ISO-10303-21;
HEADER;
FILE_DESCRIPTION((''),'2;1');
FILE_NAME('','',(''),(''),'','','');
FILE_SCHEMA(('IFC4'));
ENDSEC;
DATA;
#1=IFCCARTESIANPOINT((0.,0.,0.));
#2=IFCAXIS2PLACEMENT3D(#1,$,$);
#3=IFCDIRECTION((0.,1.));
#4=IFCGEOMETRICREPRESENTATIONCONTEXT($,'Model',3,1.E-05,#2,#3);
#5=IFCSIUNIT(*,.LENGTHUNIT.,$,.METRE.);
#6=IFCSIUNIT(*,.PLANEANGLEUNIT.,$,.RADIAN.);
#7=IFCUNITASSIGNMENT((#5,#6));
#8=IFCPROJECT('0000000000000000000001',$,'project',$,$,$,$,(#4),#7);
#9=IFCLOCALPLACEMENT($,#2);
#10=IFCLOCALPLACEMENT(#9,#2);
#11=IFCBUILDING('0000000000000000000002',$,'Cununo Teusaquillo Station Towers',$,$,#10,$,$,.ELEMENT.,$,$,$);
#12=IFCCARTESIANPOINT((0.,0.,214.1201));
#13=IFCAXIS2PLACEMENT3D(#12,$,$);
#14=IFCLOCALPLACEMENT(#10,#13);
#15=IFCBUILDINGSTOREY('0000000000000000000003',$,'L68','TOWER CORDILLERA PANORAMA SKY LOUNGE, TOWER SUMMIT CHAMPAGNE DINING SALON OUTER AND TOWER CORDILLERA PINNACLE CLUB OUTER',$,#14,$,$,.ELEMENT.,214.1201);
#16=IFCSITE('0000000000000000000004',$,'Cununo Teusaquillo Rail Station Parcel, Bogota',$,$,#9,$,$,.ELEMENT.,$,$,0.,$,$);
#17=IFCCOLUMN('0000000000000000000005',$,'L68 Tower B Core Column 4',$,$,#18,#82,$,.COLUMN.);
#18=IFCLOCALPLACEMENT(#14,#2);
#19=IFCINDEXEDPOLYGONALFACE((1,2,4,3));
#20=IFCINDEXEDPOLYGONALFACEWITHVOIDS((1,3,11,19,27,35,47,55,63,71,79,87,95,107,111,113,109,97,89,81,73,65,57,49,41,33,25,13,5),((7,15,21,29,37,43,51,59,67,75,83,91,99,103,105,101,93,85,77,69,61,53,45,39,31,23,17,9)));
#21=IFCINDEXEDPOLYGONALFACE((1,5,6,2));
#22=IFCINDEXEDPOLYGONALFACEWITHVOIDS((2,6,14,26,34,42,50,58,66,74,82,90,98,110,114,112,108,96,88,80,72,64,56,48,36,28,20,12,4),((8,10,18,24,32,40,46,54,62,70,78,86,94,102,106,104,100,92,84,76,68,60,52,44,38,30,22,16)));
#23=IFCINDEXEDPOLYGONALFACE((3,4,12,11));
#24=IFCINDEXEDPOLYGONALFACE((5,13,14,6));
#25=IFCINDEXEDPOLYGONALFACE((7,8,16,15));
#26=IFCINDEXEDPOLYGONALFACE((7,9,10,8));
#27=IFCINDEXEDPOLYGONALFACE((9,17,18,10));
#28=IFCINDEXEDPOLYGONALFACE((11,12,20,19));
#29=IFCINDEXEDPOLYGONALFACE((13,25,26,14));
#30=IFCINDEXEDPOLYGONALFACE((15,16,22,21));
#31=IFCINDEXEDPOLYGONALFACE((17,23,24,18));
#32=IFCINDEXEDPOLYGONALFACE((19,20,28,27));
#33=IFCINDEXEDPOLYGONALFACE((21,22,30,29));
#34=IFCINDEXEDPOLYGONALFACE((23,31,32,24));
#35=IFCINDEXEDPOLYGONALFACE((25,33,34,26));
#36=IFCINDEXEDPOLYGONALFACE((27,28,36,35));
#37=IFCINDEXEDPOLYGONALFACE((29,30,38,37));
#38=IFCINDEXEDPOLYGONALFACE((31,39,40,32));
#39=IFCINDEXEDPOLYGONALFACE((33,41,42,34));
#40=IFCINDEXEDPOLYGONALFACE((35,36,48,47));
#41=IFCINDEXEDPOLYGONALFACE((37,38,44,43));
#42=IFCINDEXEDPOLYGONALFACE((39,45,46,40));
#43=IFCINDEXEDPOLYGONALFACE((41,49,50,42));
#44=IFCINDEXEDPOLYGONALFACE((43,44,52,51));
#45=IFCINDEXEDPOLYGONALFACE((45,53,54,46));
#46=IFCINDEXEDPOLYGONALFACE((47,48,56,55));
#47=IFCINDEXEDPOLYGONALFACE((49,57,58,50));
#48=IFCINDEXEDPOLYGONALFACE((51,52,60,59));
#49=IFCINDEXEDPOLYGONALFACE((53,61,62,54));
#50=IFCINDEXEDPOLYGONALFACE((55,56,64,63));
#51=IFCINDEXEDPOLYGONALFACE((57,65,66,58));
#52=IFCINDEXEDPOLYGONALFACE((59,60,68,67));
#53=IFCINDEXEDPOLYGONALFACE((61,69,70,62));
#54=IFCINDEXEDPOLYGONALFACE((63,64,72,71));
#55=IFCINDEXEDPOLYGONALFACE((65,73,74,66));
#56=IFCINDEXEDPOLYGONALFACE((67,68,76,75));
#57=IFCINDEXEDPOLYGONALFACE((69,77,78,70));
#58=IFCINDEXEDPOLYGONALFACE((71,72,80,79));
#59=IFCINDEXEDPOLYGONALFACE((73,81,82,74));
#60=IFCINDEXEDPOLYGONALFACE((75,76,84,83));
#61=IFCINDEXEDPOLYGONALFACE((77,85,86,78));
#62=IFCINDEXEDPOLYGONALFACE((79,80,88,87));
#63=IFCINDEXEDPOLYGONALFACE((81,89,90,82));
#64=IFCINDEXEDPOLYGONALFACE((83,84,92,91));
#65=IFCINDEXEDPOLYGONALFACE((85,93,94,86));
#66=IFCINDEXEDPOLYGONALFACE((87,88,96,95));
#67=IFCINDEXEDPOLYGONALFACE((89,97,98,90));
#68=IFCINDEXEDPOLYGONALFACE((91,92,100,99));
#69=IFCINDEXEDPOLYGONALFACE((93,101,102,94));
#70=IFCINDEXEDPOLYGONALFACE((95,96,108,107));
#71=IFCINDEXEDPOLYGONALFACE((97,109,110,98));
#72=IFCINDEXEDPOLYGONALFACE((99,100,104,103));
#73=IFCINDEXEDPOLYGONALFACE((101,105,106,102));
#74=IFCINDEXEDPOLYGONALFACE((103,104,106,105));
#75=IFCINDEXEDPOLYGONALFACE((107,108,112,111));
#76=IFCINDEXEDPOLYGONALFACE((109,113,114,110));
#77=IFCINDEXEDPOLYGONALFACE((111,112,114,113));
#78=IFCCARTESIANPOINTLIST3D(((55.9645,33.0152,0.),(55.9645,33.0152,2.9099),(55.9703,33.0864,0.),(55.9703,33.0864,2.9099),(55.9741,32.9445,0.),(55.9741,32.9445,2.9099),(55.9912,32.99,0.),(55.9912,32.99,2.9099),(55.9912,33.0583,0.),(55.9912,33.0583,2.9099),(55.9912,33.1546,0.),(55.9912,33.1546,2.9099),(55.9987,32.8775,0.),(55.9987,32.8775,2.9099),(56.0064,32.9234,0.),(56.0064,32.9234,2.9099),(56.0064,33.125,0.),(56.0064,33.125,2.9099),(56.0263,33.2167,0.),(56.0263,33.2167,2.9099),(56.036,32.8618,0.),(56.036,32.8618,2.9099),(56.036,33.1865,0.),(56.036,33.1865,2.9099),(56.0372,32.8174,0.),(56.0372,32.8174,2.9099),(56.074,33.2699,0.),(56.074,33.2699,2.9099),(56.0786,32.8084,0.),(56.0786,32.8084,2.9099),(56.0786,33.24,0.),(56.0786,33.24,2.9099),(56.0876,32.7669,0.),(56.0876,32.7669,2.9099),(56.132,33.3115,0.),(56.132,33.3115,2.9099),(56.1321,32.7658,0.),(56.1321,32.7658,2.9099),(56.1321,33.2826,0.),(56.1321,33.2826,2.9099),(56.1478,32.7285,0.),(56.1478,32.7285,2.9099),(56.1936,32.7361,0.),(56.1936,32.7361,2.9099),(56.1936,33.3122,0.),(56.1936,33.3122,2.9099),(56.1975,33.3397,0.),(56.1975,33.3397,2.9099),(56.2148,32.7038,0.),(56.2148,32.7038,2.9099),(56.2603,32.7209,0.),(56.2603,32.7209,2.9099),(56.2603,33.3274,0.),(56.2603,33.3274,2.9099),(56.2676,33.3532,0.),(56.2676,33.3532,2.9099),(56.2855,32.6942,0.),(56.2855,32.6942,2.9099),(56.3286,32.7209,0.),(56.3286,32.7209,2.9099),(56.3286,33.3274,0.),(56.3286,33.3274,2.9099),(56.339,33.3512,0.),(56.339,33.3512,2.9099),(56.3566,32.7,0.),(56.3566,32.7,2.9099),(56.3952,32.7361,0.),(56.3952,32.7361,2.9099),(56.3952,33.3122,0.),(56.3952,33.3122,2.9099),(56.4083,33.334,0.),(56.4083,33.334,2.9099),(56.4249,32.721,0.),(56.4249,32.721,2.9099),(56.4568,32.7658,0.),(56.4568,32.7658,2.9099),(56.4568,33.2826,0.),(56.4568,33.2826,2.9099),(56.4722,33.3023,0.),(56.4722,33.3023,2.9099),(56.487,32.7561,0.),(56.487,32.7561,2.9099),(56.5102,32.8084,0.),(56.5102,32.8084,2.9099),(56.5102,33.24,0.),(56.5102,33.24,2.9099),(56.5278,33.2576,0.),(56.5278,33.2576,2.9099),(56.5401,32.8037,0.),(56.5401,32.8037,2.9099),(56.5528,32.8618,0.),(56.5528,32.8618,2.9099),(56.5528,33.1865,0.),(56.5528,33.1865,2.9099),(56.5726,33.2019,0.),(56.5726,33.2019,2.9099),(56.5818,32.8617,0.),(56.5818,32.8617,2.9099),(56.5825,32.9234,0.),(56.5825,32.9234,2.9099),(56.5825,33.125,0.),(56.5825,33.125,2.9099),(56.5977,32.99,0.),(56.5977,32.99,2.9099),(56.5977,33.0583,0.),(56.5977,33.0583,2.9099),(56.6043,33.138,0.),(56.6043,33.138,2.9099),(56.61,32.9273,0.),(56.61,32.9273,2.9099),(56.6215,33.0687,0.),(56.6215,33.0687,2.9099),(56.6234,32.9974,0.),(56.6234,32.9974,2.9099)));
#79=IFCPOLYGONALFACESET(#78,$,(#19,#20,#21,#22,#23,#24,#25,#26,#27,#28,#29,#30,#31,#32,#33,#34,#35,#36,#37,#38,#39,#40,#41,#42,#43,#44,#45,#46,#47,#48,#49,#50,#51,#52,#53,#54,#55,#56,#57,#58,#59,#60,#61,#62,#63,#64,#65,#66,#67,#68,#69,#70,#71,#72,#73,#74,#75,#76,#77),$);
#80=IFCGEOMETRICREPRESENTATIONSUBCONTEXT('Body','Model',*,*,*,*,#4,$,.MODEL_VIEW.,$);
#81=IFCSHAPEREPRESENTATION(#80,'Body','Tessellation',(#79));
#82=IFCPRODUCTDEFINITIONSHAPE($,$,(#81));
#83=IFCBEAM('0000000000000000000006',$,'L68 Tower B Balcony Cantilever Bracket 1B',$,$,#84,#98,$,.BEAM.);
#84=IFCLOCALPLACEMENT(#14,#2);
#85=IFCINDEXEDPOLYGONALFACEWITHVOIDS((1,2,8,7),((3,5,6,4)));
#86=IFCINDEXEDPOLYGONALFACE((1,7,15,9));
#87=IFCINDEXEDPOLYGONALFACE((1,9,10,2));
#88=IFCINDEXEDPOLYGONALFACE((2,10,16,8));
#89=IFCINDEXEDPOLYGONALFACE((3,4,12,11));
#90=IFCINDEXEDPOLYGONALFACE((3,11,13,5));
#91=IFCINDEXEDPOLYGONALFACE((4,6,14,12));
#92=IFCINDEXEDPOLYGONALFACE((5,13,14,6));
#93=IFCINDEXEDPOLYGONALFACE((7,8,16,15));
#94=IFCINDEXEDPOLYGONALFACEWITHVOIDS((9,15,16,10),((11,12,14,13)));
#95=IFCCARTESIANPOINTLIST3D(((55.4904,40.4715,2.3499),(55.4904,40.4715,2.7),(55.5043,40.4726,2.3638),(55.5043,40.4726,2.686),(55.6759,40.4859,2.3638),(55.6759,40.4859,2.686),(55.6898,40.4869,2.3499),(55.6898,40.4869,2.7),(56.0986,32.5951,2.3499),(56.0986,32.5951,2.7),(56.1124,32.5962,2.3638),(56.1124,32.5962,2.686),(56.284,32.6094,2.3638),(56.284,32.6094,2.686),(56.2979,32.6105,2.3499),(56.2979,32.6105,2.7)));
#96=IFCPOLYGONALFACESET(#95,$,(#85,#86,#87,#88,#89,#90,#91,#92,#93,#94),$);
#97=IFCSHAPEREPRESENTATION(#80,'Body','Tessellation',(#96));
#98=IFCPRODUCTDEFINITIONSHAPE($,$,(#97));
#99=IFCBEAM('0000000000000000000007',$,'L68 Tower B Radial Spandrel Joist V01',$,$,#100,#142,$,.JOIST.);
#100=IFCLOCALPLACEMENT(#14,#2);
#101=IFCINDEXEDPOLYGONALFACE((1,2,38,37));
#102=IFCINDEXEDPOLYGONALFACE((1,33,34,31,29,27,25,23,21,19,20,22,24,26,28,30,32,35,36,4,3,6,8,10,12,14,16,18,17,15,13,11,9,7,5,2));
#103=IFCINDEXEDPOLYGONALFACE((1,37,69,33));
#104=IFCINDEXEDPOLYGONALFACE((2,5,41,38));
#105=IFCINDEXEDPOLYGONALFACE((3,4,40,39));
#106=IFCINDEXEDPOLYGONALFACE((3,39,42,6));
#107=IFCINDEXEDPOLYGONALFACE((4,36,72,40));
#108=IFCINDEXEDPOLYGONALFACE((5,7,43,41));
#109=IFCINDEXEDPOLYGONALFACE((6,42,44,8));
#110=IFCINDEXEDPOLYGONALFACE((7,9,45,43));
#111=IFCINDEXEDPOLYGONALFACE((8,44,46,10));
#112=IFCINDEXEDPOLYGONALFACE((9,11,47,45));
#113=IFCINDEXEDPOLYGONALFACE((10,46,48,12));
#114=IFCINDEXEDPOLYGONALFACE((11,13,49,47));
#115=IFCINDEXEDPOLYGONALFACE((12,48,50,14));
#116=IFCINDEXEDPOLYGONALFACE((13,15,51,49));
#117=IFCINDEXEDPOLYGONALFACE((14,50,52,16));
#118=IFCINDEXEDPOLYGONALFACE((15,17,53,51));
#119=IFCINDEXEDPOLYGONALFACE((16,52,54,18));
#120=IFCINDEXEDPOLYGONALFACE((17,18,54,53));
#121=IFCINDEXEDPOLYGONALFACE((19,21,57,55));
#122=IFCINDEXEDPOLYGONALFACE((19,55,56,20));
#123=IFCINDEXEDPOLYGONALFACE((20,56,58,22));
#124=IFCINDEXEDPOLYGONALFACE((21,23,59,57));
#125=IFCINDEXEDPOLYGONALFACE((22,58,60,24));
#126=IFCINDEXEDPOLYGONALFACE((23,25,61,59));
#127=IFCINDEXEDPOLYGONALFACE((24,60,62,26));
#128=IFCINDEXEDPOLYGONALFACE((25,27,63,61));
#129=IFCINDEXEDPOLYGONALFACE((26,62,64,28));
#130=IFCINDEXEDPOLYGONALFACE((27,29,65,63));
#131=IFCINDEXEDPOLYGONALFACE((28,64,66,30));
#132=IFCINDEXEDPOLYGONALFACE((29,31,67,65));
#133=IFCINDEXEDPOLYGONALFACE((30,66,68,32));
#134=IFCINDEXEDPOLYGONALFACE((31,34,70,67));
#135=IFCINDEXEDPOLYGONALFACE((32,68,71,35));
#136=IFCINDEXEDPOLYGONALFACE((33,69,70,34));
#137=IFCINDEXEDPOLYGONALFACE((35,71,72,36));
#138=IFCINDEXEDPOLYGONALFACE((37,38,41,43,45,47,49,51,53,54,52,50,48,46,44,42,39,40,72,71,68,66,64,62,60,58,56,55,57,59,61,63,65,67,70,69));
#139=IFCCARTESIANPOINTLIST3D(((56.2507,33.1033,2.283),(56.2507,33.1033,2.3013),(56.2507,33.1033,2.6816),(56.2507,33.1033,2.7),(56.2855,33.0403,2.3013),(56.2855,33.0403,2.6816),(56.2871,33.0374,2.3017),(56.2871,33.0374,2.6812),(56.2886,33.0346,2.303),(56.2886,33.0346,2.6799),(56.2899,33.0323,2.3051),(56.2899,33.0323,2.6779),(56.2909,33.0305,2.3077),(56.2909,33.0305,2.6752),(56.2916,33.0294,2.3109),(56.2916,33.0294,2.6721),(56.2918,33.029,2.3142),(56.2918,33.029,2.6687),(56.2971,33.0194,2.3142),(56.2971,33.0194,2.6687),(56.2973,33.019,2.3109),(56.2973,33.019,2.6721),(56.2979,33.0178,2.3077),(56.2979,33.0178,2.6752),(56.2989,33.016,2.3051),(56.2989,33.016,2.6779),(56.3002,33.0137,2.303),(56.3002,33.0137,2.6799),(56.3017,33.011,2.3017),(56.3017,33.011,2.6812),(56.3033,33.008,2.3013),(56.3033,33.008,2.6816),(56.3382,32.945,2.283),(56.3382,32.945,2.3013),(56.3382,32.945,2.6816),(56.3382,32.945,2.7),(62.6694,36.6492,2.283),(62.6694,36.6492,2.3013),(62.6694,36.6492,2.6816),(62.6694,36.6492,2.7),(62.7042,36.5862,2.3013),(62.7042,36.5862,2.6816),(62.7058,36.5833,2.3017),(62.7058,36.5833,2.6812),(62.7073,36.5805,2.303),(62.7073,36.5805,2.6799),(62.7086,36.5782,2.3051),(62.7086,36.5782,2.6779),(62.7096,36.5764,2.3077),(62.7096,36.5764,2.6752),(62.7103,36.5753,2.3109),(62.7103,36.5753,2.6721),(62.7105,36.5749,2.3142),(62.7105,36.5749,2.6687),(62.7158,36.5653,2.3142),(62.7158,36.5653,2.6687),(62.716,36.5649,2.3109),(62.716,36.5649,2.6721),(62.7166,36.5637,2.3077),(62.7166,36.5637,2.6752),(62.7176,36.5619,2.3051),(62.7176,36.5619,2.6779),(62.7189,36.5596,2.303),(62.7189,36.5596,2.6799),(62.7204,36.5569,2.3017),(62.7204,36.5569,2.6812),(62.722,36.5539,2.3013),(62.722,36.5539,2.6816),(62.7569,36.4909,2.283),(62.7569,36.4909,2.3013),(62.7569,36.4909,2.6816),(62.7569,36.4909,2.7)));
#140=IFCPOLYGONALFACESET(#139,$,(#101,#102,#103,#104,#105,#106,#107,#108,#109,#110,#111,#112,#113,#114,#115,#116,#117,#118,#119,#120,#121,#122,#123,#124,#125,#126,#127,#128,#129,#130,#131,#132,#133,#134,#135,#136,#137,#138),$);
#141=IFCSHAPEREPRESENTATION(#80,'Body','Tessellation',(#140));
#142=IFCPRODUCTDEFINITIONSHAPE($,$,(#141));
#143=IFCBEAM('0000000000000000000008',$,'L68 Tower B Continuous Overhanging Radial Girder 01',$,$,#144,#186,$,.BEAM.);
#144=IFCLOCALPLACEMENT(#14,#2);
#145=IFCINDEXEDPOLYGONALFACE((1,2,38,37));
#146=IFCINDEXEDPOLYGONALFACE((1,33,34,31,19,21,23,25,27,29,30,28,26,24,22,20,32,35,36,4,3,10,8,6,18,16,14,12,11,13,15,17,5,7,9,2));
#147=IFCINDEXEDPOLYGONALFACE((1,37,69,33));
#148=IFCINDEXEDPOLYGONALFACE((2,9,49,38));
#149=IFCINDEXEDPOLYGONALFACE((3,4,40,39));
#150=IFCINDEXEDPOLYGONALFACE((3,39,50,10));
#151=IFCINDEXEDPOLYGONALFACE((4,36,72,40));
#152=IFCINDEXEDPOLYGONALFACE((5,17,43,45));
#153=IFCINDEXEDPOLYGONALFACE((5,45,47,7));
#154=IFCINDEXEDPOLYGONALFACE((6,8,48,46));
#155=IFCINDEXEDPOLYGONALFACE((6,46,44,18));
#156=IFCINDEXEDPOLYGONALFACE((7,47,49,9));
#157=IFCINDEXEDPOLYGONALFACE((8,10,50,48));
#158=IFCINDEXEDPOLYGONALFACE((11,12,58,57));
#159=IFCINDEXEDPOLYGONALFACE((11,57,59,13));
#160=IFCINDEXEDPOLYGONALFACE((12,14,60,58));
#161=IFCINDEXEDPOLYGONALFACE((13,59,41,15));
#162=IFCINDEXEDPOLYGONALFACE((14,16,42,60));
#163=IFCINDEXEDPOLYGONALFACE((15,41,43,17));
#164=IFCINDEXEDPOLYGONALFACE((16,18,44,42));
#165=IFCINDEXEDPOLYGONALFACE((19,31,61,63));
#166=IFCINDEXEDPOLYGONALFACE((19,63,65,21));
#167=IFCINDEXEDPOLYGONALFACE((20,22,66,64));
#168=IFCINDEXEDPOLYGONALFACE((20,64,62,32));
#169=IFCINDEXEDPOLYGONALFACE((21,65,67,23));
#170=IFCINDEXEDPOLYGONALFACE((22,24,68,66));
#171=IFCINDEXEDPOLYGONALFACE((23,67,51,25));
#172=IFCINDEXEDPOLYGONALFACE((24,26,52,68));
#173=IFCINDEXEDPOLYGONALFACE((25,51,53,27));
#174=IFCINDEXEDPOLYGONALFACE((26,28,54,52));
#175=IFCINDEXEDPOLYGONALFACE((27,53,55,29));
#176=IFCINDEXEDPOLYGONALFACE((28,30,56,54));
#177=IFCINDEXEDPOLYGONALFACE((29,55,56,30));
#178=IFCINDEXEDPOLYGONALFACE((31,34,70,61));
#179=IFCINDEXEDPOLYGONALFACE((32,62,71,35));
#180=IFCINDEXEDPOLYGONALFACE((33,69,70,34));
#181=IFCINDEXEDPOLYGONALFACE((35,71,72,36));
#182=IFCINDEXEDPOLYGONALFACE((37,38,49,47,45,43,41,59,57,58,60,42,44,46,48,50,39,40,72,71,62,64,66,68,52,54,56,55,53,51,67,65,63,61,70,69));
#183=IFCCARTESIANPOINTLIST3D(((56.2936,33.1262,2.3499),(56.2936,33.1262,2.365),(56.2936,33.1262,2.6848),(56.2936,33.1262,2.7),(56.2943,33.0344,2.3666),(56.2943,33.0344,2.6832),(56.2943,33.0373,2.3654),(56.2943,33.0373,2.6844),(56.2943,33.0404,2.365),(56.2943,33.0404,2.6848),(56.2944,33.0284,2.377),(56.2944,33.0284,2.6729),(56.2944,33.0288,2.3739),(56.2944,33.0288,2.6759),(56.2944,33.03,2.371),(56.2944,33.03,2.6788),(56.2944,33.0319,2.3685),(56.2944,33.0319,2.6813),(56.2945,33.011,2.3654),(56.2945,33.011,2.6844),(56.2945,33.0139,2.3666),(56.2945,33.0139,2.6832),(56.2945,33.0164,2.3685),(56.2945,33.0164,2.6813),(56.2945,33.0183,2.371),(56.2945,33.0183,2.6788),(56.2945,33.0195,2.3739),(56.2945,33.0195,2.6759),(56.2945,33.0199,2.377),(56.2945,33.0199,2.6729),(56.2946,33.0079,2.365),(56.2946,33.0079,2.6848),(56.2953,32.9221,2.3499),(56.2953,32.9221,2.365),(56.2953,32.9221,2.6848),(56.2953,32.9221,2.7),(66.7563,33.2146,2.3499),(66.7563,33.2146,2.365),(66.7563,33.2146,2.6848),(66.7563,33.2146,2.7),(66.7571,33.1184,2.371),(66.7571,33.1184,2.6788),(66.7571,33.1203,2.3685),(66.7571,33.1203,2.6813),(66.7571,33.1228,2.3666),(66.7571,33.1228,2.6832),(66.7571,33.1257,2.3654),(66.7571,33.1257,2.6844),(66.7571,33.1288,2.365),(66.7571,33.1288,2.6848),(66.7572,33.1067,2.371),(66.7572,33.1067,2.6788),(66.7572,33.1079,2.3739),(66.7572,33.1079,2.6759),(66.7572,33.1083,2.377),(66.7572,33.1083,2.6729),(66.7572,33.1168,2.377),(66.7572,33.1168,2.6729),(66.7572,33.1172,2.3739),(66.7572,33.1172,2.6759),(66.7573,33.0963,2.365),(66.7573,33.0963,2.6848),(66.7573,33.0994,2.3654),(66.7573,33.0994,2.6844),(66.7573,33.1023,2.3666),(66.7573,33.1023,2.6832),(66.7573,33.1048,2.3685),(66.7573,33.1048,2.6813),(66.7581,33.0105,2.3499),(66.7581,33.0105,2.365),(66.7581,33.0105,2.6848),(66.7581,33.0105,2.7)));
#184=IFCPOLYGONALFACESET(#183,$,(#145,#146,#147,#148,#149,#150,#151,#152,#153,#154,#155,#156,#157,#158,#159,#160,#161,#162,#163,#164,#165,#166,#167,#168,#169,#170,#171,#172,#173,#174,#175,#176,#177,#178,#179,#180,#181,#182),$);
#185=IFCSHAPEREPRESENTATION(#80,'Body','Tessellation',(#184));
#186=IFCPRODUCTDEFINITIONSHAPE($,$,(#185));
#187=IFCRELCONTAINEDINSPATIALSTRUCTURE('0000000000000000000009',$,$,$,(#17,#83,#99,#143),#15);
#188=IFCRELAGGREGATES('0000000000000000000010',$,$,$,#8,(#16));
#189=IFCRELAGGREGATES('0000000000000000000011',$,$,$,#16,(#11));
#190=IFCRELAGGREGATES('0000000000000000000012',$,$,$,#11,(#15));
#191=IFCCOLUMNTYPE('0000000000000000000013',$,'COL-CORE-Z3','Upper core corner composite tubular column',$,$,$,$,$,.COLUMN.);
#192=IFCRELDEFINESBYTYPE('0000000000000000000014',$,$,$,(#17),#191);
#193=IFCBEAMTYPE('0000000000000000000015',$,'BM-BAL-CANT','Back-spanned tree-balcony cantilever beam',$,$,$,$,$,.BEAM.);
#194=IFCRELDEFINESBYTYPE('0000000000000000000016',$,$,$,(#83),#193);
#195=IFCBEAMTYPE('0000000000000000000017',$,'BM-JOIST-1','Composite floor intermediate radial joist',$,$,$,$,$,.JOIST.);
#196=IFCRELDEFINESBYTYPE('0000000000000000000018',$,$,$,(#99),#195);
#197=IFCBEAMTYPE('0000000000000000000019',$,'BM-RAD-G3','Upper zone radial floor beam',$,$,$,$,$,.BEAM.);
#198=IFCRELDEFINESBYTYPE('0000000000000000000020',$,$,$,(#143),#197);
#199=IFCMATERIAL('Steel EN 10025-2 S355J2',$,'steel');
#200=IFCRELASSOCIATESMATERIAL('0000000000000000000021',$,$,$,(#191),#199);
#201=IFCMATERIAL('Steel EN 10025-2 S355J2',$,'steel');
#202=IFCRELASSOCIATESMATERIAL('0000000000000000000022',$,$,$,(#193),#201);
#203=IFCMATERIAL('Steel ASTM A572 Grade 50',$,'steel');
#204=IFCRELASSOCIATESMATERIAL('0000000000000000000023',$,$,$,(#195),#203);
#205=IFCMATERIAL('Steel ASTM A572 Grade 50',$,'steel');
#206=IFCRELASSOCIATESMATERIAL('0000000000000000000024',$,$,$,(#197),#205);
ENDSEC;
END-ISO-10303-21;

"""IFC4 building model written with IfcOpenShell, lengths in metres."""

from ifc_helpers import new_model, si_unit, direction, frame, origin, origin_2d, place, context, subcontext, project, spatial, hollow_rectangle, hollow_circle, i_section, extrude, material, material_profile, profile_set, type_object, element, save


model = new_model("IFC4")

# Units and contexts
model_context = context("Model", 3, precision=1e-05, world=origin(), true_north=direction((0.0, 1.0)))
body_context = subcontext(model_context, "Body", "Model", "MODEL_VIEW")
ifc_project = project(units=[si_unit("LENGTHUNIT", "METRE"), si_unit("PLANEANGLEUNIT", "RADIAN")], contexts=[model_context])

# Site, building, storey
site_placement = place(None, origin())
site = spatial("IfcSite", under=ifc_project, at=site_placement, Name="Cununo Teusaquillo Rail Station Parcel, Bogota", CompositionType="ELEMENT", RefElevation=0.0)
building_placement = place(site_placement, origin())
building = spatial("IfcBuilding", under=site, at=building_placement, Name="Cununo Teusaquillo Station Towers", CompositionType="ELEMENT")
storey_placement = place(building_placement, frame((0.0, 0.0, 214.1201)))
storey = spatial("IfcBuildingStorey", under=building, at=storey_placement, Name="L68", Description="TOWER CORDILLERA PANORAMA SKY LOUNGE, TOWER SUMMIT CHAMPAGNE DINING SALON OUTER AND TOWER CORDILLERA PINNACLE CLUB OUTER", CompositionType="ELEMENT", Elevation=214.1201)

# Column
ifc_material_1 = material(Name="Steel EN 10025-2 S355J2", Category="steel")
ifc_material_profile_1 = material_profile(ifc_material_1, hollow_circle(Radius=0.3301, WallThickness=0.0249, at=origin_2d()), Name="CHS 660x25")
ifc_profile_set_1 = profile_set([ifc_material_profile_1], Name="Steel EN 10025-2 S355J2")
column_type = type_object("IfcColumnType", Name="COL-CORE-Z3", Description="Upper core corner composite tubular column", PredefinedType="COLUMN", material=ifc_profile_set_1)
column_placement = place(storey_placement, frame((56.2944, 33.0242, 0.0), z_axis=(0.0, 0.0, 1.0), x_axis=(0.707107, 0.707107, 0.0)))
element("IfcColumn", 1, at=column_placement, inside=storey, type_object=column_type, Name="L68 Tower B Core Column 4", PredefinedType="COLUMN", context=body_context, shape_type="SweptSolid", body=[
    extrude(hollow_circle(Radius=0.3301, WallThickness=0.0249, at=origin_2d()), origin(), (0.0, 0.0, 1.0), 2.9099),
])

# Beams
ifc_material_2 = material(Name="Steel EN 10025-2 S355J2", Category="steel")
ifc_material_profile_2 = material_profile(ifc_material_2, hollow_rectangle(XDim=0.2, YDim=0.3501, WallThickness=0.0139, at=origin_2d()), Name="RHS 350x200x14")
ifc_profile_set_2 = profile_set([ifc_material_profile_2], Name="Steel EN 10025-2 S355J2")
beam_type_1 = type_object("IfcBeamType", Name="BM-BAL-CANT", Description="Back-spanned tree-balcony cantilever beam", PredefinedType="BEAM", material=ifc_profile_set_2)
beam_1_placement = place(storey_placement, frame((56.1982, 32.6028, 2.5249), z_axis=(-0.076982, 0.997032, 0.0), x_axis=(-0.997032, -0.076982, 0.0)))
element("IfcBeam", 2, at=beam_1_placement, inside=storey, type_object=beam_type_1, Name="L68 Tower B Balcony Cantilever Bracket 1B", PredefinedType="BEAM", context=body_context, shape_type="SweptSolid", body=[
    extrude(hollow_rectangle(XDim=0.2, YDim=0.3501, WallThickness=0.0139, at=origin_2d()), origin(), (0.0, 0.0, 1.0), 7.8999),
])
ifc_material_3 = material(Name="Steel ASTM A572 Grade 50", Category="steel")
ifc_material_profile_3 = material_profile(ifc_material_3, i_section(OverallWidth=0.1809, OverallDepth=0.417, WebThickness=0.011, FlangeThickness=0.0183, FilletRadius=0.0129, at=origin_2d()), Name="W16X57")
ifc_profile_set_3 = profile_set([ifc_material_profile_3], Name="Steel ASTM A572 Grade 50")
beam_type_2 = type_object("IfcBeamType", Name="BM-JOIST-1", Description="Composite floor intermediate radial joist", PredefinedType="JOIST", material=ifc_profile_set_3)
beam_2_placement = place(storey_placement, frame((56.2944, 33.0242, 2.4915), z_axis=(0.875315, 0.483553, 0.0), x_axis=(-0.483553, 0.875315, 0.0)))
element("IfcBeam", 3, at=beam_2_placement, inside=storey, type_object=beam_type_2, Name="L68 Tower B Radial Spandrel Joist V01", PredefinedType="JOIST", context=body_context, shape_type="SweptSolid", body=[
    extrude(i_section(OverallWidth=0.1809, OverallDepth=0.417, WebThickness=0.011, FlangeThickness=0.0183, FilletRadius=0.0129, at=origin_2d()), origin(), (0.0, 0.0, 1.0), 7.333),
])
ifc_material_4 = material(Name="Steel ASTM A572 Grade 50", Category="steel")
ifc_material_profile_4 = material_profile(ifc_material_4, i_section(OverallWidth=0.2041, OverallDepth=0.3501, WebThickness=0.0085, FlangeThickness=0.0151, FilletRadius=0.012, at=origin_2d()), Name="W14X48")
ifc_profile_set_4 = profile_set([ifc_material_profile_4], Name="Steel ASTM A572 Grade 50")
beam_type_3 = type_object("IfcBeamType", Name="BM-RAD-G3", Description="Upper zone radial floor beam", PredefinedType="BEAM", material=ifc_profile_set_4)
beam_3_placement = place(storey_placement, frame((56.2944, 33.0242, 2.5249), z_axis=(0.999964, 0.008447, 0.0), x_axis=(-0.008447, 0.999964, 0.0)))
element("IfcBeam", 4, at=beam_3_placement, inside=storey, type_object=beam_type_3, Name="L68 Tower B Continuous Overhanging Radial Girder 01", PredefinedType="BEAM", context=body_context, shape_type="SweptSolid", body=[
    extrude(i_section(OverallWidth=0.2041, OverallDepth=0.3501, WebThickness=0.0085, FlangeThickness=0.0151, FilletRadius=0.012, at=origin_2d()), origin(), (0.0, 0.0, 1.0), 10.4631),
])

save(model, "model.ifc")
